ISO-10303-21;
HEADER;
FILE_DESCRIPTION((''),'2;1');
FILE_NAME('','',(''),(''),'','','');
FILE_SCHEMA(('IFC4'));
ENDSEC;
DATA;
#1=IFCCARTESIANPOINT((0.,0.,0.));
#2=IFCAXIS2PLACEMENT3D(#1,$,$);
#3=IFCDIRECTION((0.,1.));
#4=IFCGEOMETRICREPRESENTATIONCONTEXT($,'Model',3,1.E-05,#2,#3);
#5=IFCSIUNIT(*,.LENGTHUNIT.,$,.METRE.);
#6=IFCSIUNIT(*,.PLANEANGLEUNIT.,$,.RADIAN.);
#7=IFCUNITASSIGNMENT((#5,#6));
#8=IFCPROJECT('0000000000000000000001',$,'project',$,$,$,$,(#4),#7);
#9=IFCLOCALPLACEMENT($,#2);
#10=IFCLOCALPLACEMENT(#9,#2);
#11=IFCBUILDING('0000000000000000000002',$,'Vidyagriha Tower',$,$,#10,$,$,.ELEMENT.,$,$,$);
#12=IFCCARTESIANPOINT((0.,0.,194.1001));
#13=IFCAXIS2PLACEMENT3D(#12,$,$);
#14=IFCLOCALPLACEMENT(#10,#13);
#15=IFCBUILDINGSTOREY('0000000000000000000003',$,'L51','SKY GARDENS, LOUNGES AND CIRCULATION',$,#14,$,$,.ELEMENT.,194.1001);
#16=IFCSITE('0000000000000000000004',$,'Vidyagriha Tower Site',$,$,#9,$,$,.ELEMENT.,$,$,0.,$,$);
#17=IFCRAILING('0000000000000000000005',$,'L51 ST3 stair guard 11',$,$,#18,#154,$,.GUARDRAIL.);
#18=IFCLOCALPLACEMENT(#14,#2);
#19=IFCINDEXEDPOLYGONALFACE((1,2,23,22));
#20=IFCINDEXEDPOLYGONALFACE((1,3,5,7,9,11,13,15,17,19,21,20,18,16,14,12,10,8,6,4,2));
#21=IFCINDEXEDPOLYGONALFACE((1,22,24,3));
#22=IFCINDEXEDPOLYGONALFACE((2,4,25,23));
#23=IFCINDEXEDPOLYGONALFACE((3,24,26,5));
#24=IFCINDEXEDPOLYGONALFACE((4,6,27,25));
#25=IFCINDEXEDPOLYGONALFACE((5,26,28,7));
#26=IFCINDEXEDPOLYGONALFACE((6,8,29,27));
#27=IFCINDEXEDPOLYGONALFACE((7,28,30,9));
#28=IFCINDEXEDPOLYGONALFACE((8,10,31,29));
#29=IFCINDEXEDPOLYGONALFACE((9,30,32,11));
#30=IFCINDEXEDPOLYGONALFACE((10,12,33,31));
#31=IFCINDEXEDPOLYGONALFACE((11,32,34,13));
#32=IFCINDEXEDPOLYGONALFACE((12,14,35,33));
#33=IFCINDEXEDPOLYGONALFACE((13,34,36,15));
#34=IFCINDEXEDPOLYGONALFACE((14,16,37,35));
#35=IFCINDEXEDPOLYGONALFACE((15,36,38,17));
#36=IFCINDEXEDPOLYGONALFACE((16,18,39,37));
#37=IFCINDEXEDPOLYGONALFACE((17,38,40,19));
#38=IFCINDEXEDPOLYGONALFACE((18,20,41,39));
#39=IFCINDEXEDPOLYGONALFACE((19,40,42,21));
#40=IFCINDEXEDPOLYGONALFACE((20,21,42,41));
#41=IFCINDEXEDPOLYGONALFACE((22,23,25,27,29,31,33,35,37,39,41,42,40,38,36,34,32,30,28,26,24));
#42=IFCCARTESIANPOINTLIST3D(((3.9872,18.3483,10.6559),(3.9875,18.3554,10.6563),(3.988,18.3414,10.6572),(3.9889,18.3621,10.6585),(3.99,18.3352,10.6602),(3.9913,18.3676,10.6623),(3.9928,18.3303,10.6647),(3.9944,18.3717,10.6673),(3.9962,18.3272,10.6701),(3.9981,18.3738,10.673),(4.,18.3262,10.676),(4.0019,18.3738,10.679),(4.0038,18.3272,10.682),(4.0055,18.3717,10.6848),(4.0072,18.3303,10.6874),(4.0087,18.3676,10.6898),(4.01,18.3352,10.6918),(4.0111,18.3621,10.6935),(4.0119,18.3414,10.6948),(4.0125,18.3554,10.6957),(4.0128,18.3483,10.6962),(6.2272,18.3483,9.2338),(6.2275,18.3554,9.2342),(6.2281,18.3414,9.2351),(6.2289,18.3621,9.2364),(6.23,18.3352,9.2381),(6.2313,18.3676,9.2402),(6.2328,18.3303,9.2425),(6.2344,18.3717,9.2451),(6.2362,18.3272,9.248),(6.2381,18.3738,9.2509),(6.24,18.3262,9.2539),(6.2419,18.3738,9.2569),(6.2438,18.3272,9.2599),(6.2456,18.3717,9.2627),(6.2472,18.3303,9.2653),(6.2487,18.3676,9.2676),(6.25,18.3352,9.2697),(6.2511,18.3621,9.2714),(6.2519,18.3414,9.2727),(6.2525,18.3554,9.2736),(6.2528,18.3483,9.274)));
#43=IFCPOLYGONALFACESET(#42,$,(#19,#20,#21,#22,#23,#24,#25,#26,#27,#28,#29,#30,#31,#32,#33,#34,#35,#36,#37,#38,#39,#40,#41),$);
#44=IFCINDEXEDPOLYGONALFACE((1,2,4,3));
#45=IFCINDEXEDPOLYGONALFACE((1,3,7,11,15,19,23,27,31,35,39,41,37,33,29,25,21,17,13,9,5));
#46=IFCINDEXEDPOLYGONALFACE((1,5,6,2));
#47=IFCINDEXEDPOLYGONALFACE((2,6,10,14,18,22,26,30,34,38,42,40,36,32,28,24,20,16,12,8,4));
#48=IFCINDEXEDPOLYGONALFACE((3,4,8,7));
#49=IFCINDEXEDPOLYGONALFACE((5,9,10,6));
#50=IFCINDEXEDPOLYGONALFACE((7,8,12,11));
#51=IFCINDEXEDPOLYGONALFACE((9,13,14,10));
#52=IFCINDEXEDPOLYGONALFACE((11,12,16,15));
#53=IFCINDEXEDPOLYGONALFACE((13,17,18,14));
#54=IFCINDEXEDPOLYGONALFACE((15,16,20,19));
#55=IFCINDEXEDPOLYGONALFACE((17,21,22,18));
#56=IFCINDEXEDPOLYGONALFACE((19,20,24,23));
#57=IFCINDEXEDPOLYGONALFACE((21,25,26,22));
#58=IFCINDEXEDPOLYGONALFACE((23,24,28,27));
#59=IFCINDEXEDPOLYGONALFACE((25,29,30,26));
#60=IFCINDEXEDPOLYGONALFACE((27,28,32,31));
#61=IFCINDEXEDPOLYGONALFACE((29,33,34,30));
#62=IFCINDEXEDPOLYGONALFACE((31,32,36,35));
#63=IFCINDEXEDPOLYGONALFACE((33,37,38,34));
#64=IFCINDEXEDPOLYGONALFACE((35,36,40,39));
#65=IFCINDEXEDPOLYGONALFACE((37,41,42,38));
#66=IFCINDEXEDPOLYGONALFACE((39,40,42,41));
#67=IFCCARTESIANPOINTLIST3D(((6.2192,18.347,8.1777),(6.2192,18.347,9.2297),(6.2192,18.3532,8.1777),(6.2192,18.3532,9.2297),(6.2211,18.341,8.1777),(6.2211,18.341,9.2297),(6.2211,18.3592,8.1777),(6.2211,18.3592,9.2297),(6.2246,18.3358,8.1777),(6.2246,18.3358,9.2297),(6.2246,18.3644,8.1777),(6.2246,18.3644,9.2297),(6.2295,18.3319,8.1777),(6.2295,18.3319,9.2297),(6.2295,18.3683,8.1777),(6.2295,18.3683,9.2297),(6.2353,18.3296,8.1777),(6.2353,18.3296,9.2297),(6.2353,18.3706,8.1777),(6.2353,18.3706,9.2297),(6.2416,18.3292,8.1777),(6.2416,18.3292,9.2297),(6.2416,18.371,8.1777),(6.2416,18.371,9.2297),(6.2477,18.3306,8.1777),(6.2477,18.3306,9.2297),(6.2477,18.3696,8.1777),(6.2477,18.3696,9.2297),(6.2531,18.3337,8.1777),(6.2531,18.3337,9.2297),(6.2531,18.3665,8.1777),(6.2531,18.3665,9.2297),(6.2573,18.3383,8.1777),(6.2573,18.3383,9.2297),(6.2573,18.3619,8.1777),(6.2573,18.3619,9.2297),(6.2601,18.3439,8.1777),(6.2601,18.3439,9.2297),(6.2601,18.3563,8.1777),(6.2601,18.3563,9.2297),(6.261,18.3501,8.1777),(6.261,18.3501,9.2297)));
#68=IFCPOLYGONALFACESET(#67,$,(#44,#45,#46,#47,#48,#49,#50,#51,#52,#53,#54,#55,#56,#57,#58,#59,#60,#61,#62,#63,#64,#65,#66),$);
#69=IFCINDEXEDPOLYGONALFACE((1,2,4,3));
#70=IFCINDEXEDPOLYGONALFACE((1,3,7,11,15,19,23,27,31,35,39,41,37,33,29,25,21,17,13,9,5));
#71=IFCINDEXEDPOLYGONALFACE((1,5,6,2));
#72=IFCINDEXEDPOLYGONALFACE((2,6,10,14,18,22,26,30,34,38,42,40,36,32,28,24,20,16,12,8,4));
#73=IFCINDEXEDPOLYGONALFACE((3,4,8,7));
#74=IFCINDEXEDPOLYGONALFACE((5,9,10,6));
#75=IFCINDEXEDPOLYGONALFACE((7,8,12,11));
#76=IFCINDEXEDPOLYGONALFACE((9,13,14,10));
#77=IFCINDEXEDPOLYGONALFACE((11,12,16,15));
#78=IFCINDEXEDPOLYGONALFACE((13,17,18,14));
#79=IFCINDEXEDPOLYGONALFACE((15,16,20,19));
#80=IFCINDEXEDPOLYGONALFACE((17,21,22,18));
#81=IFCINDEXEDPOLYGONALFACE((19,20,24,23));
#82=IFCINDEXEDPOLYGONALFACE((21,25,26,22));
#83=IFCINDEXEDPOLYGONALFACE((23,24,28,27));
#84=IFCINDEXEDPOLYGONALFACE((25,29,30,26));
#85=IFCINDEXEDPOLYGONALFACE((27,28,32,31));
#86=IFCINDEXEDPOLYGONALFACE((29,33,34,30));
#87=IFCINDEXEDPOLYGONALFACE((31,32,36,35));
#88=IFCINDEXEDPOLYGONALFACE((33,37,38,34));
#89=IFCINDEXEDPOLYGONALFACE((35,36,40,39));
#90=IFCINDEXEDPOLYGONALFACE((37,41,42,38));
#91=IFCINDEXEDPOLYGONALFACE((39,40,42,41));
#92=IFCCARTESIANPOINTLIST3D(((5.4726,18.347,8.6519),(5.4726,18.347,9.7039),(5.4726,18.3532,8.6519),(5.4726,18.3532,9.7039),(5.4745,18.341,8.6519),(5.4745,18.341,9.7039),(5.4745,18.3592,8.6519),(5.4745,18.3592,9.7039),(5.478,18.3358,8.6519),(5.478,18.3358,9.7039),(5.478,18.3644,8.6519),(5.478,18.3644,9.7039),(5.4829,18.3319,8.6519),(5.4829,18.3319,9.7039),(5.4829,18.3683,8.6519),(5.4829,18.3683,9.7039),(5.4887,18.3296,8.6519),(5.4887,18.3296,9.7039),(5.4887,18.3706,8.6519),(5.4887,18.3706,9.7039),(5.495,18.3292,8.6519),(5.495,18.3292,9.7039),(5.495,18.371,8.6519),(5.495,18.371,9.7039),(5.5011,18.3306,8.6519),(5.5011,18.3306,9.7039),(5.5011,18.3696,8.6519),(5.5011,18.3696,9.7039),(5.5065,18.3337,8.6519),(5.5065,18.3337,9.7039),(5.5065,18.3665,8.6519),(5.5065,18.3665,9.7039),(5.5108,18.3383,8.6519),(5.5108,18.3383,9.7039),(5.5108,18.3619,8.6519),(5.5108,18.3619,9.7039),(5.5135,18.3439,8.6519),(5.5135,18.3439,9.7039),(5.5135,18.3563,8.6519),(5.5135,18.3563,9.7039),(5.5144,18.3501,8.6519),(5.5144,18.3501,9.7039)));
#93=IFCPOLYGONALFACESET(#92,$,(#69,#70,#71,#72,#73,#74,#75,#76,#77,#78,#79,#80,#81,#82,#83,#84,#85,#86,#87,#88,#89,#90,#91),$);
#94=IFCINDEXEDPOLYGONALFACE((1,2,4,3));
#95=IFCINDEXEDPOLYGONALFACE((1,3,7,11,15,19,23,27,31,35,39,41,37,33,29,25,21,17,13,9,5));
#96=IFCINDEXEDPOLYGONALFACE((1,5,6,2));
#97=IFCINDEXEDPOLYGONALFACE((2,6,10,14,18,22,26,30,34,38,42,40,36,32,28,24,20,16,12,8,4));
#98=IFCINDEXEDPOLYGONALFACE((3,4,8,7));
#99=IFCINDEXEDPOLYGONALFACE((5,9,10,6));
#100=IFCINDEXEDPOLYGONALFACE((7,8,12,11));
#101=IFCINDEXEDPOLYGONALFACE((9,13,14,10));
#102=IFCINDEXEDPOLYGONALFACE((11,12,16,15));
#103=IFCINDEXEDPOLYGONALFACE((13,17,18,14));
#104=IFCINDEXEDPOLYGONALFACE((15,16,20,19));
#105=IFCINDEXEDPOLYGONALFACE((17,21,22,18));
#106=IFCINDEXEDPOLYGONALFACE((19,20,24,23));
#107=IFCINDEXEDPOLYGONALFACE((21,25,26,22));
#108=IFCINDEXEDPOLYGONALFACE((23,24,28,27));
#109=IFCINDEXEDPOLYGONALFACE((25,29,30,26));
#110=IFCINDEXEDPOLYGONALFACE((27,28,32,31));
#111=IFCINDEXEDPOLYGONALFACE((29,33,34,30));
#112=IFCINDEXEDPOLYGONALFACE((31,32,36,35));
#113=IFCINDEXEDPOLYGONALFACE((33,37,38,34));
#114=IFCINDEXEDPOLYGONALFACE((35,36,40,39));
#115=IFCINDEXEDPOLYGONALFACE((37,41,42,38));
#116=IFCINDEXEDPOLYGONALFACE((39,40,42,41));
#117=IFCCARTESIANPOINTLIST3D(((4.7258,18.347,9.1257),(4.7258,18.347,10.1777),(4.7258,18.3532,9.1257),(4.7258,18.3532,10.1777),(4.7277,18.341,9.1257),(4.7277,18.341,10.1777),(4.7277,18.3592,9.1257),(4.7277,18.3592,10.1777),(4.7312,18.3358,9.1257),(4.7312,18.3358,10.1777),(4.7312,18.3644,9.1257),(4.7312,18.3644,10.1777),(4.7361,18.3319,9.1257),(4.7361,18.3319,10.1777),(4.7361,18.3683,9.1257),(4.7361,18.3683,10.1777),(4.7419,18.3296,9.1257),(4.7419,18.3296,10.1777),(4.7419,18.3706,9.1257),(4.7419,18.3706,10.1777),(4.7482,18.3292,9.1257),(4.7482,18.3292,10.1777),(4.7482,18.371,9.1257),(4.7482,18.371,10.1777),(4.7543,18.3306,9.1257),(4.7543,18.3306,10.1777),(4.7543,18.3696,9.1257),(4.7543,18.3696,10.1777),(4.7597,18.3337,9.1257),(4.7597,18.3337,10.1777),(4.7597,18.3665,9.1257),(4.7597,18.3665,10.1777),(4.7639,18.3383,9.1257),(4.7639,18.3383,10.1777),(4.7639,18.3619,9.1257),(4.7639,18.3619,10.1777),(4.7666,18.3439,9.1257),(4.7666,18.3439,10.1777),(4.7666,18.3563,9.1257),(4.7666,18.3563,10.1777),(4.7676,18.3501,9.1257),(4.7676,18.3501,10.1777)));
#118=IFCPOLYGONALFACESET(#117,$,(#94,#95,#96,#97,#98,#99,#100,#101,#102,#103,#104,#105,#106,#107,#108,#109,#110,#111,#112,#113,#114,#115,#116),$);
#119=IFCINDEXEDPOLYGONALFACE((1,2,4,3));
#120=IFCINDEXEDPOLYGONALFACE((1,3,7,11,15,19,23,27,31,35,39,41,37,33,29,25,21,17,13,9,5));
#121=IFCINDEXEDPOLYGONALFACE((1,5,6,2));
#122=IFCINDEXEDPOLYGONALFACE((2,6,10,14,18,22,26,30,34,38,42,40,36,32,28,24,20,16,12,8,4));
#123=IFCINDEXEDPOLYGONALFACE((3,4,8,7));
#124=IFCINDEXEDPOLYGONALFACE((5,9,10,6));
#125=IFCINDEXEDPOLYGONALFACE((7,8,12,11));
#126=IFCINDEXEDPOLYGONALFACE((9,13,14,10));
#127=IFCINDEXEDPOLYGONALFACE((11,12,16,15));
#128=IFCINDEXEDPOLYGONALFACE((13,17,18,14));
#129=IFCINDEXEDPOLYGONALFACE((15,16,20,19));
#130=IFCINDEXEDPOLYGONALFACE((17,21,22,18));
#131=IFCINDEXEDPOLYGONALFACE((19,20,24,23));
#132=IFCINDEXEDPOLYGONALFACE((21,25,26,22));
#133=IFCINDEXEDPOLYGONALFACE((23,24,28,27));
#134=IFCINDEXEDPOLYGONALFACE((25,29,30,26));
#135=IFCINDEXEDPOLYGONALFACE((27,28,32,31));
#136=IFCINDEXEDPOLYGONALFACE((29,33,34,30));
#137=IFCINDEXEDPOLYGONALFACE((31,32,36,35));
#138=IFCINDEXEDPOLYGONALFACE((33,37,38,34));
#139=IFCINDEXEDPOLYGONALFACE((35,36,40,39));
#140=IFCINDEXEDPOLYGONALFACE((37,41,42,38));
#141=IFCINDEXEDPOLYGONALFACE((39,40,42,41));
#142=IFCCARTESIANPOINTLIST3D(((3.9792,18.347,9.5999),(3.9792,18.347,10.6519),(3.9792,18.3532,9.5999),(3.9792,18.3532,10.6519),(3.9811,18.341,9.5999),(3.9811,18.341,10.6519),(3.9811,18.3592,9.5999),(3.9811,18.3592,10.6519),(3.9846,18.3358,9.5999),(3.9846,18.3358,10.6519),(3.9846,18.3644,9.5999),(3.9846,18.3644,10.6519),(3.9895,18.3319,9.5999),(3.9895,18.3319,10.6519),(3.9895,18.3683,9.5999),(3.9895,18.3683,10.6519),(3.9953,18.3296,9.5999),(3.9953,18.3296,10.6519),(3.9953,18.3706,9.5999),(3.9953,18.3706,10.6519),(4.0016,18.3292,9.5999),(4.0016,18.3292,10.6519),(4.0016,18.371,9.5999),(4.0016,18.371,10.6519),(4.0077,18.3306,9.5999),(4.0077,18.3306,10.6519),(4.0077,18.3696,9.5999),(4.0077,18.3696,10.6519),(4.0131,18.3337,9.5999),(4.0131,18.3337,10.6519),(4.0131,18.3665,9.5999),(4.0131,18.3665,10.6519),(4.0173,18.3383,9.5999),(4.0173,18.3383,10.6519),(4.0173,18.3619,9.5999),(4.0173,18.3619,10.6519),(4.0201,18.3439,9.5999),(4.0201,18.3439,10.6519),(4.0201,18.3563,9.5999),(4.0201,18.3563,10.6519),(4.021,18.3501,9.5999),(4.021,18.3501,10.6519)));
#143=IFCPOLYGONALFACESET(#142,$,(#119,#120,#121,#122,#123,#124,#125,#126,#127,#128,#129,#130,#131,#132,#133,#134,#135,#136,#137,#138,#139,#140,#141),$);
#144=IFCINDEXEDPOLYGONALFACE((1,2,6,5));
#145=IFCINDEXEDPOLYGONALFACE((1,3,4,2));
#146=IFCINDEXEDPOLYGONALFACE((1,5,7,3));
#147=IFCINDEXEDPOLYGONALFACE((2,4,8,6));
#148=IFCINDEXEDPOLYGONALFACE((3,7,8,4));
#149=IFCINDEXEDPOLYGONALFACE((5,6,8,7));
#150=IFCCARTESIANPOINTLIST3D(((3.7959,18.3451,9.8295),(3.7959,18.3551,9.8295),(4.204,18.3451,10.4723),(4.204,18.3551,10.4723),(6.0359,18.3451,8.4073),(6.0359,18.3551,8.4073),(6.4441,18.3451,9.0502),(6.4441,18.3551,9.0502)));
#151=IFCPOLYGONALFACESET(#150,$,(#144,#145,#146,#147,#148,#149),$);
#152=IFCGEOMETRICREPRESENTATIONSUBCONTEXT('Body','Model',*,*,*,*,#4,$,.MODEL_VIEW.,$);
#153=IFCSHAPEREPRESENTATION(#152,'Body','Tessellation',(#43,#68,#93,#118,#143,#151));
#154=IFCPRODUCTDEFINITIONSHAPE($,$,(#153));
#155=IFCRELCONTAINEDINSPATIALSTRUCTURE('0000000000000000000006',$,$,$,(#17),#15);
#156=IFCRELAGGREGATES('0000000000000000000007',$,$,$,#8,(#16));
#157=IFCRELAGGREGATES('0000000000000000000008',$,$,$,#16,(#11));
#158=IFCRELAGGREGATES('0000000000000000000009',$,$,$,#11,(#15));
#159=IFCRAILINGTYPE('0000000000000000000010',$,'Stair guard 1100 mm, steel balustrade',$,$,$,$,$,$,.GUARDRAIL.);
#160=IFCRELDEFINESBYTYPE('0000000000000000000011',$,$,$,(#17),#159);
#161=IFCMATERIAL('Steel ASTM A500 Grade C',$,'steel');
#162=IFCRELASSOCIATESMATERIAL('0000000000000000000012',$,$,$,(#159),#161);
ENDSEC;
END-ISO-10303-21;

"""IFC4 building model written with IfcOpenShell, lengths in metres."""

from ifc_helpers import new_model, si_unit, direction, frame, origin, origin_2d, place, context, subcontext, project, spatial, rectangle, circle, extrude, material, type_object, element, save


model = new_model("IFC4")

# Units and contexts
model_context = context("Model", 3, precision=1e-05, world=origin(), true_north=direction((0.0, 1.0)))
body_context = subcontext(model_context, "Body", "Model", "MODEL_VIEW")
ifc_project = project(units=[si_unit("LENGTHUNIT", "METRE"), si_unit("PLANEANGLEUNIT", "RADIAN")], contexts=[model_context])

# Site, building, storey
site_placement = place(None, origin())
site = spatial("IfcSite", under=ifc_project, at=site_placement, Name="Vidyagriha Tower Site", CompositionType="ELEMENT", RefElevation=0.0)
building_placement = place(site_placement, origin())
building = spatial("IfcBuilding", under=site, at=building_placement, Name="Vidyagriha Tower", CompositionType="ELEMENT")
storey_placement = place(building_placement, frame((0.0, 0.0, 194.1001)))
storey = spatial("IfcBuildingStorey", under=building, at=storey_placement, Name="L51", Description="SKY GARDENS, LOUNGES AND CIRCULATION", CompositionType="ELEMENT", Elevation=194.1001)

# Railing
ifc_material_1 = material(Name="Steel ASTM A500 Grade C", Category="steel")
railing_type_1 = type_object("IfcRailingType", Name="Stair guard 1100 mm, steel balustrade", PredefinedType="GUARDRAIL", material=ifc_material_1)
railing_1_placement = place(storey_placement, frame((6.24, 18.3501, 8.1777)))
element("IfcRailing", 1, at=railing_1_placement, inside=storey, type_object=railing_type_1, Name="L51 ST3 stair guard 11", PredefinedType="GUARDRAIL", context=body_context, shape_type="SweptSolid", body=[
    extrude(circle(Radius=0.0239, at=origin_2d()), frame((0.0, 0.0, 1.0762), z_axis=(-0.844229, 0.0, 0.535982), x_axis=(0.0, -1.0, 0.0)), (0.0, 0.0, 1.0), 2.6533),
    extrude(circle(Radius=0.021, at=origin_2d()), origin(), (0.0, 0.0, 1.0), 1.052),
    extrude(circle(Radius=0.021, at=origin_2d()), frame((-0.7466, 0.0, 0.4741)), (0.0, 0.0, 1.0), 1.052),
    extrude(circle(Radius=0.021, at=origin_2d()), frame((-1.4934, 0.0, 0.948)), (0.0, 0.0, 1.0), 1.052),
    extrude(circle(Radius=0.021, at=origin_2d()), frame((-2.24, 0.0, 1.4221)), (0.0, 0.0, 1.0), 1.052),
    extrude(rectangle(XDim=0.01, YDim=0.7615, at=origin_2d()), frame((0.0, 0.0, 0.551), z_axis=(-0.844229, 0.0, 0.535982), x_axis=(0.0, -1.0, 0.0)), (0.0, 0.0, 1.0), 2.6533),
])

save(model, "model.ifc")
